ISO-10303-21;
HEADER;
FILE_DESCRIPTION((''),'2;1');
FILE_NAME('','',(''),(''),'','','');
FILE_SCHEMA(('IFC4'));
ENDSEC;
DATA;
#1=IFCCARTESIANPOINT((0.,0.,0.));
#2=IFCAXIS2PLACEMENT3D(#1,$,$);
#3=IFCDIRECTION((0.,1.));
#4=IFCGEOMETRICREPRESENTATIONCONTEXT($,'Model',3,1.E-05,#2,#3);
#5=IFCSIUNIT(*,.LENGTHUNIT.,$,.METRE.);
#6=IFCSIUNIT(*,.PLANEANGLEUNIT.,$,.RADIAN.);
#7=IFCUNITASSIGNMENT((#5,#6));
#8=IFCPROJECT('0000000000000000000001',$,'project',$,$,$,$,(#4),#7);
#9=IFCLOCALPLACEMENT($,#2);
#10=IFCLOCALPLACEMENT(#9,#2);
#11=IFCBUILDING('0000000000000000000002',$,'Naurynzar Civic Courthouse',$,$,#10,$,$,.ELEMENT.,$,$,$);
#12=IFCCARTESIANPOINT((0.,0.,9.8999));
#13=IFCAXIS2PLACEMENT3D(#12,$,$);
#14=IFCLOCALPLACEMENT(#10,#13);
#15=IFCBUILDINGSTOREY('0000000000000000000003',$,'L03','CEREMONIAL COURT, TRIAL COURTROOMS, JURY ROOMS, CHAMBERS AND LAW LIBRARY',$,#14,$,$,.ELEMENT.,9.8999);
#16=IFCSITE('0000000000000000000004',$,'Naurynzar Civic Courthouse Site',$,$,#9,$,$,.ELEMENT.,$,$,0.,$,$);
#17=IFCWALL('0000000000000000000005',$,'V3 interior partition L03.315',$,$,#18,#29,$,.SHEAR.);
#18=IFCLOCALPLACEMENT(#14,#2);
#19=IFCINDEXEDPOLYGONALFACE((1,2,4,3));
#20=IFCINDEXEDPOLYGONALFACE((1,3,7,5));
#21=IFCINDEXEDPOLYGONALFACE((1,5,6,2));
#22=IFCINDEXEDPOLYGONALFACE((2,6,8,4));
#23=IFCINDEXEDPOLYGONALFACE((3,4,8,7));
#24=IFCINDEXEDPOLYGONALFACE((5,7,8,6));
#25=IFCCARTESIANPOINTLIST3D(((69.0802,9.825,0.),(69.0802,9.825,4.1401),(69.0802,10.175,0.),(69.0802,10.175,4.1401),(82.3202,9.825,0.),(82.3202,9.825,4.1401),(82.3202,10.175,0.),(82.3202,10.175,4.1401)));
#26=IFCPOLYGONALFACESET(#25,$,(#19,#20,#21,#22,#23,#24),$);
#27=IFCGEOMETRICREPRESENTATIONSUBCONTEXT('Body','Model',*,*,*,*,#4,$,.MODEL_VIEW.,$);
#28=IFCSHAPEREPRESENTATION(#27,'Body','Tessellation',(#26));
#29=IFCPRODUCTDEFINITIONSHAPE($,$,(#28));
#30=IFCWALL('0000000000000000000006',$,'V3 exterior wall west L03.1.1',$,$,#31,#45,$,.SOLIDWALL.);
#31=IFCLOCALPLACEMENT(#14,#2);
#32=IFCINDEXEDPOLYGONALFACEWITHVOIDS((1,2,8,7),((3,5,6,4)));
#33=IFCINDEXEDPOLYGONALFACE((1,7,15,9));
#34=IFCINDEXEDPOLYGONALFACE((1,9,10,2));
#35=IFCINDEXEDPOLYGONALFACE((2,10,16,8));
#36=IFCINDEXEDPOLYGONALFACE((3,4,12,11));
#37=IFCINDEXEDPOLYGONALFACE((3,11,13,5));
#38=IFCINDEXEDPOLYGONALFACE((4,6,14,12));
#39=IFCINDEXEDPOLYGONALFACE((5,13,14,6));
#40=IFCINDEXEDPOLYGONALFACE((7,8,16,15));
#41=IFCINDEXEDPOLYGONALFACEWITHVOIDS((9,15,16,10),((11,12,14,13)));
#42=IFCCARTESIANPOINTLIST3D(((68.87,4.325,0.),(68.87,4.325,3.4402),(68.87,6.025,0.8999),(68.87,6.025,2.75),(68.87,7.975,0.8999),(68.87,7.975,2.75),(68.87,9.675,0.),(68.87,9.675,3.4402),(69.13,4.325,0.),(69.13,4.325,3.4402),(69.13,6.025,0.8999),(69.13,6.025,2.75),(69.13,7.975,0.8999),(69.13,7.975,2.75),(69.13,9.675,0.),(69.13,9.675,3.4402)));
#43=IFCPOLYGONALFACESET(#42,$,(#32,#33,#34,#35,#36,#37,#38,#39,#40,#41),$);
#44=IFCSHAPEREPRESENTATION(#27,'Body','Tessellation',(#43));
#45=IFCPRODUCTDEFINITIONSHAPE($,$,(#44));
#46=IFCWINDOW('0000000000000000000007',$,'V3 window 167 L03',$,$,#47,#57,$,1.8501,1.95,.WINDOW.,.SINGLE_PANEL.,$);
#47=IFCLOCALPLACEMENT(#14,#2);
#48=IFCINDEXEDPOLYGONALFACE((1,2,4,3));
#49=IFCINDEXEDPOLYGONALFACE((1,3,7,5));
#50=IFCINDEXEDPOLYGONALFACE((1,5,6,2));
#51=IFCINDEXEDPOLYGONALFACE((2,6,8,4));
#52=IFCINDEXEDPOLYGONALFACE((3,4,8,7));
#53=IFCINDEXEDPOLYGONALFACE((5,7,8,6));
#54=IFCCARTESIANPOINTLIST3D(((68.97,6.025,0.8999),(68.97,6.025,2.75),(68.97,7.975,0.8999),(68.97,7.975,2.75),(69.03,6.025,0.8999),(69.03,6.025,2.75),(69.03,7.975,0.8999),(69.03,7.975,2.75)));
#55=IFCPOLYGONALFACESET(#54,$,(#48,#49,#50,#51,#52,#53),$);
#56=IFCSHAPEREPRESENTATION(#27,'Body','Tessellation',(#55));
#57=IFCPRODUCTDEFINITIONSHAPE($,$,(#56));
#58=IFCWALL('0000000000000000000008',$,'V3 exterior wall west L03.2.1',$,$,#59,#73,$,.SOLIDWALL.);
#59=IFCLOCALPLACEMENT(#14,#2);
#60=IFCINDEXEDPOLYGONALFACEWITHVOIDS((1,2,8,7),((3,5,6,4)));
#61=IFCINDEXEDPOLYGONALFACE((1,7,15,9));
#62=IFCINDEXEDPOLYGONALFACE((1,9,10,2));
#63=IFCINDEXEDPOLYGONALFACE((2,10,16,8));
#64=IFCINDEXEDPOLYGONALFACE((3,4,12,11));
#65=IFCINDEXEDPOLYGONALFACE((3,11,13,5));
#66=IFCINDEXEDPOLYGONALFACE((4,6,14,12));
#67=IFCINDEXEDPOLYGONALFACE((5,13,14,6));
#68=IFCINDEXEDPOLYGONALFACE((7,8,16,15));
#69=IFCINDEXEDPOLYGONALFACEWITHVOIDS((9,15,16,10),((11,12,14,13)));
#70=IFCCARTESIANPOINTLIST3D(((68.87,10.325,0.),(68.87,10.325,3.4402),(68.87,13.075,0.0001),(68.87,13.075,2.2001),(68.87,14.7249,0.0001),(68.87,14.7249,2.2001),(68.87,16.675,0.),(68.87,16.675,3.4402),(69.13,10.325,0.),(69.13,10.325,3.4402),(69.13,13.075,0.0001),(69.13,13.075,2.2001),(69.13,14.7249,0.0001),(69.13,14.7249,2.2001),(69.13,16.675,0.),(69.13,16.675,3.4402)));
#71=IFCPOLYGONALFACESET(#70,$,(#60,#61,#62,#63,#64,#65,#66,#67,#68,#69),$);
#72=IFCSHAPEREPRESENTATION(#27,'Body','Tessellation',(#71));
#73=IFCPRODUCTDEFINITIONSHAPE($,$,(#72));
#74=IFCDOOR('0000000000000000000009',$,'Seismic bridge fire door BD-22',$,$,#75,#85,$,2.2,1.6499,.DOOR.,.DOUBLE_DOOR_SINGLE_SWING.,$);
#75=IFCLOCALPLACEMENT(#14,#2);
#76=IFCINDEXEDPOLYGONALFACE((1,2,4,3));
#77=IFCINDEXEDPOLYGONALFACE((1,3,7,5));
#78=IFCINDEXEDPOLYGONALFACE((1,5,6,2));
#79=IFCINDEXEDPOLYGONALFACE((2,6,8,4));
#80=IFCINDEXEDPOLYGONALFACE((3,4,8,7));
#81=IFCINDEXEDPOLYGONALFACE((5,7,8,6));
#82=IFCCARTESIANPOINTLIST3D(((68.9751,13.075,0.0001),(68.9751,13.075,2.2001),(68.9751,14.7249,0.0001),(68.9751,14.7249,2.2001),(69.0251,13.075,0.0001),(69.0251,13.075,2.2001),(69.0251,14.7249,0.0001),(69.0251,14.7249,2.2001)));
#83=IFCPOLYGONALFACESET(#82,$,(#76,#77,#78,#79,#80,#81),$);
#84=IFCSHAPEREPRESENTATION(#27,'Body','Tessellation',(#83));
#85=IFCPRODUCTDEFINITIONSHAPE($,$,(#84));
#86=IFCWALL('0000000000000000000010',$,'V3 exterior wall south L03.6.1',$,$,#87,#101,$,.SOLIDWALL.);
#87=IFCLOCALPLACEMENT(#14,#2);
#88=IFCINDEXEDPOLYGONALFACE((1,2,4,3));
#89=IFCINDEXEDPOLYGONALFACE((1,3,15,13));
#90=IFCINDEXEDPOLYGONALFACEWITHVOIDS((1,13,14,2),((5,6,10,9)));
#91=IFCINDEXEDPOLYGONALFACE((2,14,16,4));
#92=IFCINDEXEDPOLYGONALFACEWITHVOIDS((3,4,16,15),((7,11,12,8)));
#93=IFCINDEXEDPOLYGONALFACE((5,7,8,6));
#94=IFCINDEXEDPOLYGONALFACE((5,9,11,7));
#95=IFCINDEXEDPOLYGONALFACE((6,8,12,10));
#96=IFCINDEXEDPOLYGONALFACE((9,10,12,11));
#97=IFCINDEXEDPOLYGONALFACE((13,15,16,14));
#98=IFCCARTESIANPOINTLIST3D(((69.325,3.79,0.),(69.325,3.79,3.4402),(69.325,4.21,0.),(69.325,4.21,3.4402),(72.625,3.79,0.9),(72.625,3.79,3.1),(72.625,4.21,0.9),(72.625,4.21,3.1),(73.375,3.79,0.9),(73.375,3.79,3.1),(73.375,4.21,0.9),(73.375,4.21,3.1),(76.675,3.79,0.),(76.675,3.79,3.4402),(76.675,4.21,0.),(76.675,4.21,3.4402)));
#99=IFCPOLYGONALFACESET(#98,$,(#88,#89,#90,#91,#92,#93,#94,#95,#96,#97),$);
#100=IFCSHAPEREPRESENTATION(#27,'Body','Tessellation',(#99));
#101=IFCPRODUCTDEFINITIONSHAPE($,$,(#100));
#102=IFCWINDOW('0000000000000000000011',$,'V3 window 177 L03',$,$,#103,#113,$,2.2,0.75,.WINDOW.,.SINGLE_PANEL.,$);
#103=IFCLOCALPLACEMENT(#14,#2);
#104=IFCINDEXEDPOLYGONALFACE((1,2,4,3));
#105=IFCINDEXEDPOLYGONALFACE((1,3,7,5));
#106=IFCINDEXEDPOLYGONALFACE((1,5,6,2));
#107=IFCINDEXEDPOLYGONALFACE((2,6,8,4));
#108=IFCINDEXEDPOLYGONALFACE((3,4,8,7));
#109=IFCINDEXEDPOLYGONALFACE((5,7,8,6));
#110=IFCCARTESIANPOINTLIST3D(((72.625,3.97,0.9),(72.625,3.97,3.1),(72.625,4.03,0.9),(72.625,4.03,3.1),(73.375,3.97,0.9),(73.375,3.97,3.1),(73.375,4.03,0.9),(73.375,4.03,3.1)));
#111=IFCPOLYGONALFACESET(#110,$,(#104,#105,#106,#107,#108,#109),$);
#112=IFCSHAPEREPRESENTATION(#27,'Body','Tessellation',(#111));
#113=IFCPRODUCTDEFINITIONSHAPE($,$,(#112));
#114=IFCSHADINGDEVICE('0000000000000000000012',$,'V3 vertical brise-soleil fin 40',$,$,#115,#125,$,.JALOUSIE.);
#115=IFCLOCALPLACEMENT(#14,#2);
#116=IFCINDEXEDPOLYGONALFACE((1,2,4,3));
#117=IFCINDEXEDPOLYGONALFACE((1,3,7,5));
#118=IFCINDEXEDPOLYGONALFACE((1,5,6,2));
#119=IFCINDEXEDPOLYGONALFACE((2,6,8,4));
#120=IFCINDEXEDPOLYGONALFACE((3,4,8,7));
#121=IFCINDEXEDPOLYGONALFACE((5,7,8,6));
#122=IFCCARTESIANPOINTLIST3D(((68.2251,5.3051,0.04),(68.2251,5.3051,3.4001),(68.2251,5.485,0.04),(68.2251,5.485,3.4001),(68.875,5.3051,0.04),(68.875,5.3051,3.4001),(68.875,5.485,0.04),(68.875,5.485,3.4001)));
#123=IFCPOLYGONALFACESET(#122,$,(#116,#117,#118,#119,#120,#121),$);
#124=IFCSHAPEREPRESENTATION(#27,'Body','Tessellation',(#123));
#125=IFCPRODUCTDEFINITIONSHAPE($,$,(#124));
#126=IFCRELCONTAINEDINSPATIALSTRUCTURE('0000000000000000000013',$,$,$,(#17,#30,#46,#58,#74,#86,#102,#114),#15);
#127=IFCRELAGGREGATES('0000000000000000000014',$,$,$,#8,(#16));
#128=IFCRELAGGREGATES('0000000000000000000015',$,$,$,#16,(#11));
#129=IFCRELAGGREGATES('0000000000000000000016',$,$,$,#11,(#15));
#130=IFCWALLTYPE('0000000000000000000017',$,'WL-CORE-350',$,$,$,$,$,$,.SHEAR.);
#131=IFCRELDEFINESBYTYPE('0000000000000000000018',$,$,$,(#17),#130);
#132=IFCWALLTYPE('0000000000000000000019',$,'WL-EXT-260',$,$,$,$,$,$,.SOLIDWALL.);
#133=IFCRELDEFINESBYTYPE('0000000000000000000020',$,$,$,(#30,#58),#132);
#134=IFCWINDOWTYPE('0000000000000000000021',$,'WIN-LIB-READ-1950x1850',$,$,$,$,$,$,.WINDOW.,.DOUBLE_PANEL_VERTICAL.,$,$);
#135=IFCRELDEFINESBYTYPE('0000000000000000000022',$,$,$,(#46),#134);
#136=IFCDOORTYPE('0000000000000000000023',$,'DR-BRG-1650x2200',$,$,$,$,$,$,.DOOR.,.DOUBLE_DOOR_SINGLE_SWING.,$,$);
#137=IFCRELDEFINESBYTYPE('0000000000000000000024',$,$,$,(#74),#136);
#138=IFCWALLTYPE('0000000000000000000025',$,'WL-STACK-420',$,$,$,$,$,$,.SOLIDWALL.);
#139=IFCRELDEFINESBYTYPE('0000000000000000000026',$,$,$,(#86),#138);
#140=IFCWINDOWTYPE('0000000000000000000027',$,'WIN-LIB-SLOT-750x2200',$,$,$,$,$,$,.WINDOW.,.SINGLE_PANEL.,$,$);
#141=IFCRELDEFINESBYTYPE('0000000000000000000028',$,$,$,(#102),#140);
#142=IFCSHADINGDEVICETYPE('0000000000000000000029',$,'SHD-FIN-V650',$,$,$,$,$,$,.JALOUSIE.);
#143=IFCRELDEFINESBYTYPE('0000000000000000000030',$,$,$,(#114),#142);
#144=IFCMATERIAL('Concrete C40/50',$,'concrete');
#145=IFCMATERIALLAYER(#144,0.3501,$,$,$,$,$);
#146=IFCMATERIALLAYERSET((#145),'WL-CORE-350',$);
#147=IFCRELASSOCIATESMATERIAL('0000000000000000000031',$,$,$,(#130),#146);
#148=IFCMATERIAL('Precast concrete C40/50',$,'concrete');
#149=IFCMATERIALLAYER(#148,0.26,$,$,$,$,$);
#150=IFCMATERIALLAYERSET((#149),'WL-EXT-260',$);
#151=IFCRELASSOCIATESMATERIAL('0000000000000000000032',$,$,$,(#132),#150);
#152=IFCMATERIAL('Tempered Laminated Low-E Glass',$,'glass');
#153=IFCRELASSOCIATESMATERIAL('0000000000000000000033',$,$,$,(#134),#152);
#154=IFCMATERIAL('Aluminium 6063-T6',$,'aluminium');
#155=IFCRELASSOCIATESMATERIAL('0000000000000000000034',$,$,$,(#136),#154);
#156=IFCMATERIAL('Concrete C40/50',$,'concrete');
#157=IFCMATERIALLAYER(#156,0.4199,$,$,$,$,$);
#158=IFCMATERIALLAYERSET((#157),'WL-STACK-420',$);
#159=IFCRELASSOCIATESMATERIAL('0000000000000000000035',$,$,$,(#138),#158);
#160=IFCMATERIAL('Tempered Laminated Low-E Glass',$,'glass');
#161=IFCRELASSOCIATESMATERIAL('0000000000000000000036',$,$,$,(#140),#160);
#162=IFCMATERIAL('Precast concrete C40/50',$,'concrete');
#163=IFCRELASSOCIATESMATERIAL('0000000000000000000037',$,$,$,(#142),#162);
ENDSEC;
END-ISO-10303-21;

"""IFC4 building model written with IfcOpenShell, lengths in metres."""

from ifc_helpers import new_model, si_unit, direction, frame, frame_2d, origin, origin_2d, place, context, subcontext, project, spatial, rectangle, extrude, material, layer, layer_set, type_object, element, fill, save


model = new_model("IFC4")

# Units and contexts
model_context = context("Model", 3, precision=1e-05, world=origin(), true_north=direction((0.0, 1.0)))
body_context = subcontext(model_context, "Body", "Model", "MODEL_VIEW")
ifc_project = project(units=[si_unit("LENGTHUNIT", "METRE"), si_unit("PLANEANGLEUNIT", "RADIAN")], contexts=[model_context])

# Site, building, storey
site_placement = place(None, origin())
site = spatial("IfcSite", under=ifc_project, at=site_placement, Name="Naurynzar Civic Courthouse Site", CompositionType="ELEMENT", RefElevation=0.0)
building_placement = place(site_placement, origin())
building = spatial("IfcBuilding", under=site, at=building_placement, Name="Naurynzar Civic Courthouse", CompositionType="ELEMENT")
storey_placement = place(building_placement, frame((0.0, 0.0, 9.8999)))
storey = spatial("IfcBuildingStorey", under=building, at=storey_placement, Name="L03", Description="CEREMONIAL COURT, TRIAL COURTROOMS, JURY ROOMS, CHAMBERS AND LAW LIBRARY", CompositionType="ELEMENT", Elevation=9.8999)

# Wall
ifc_material_1 = material(Name="Concrete C40/50", Category="concrete")
ifc_layer_1 = layer(ifc_material_1, 0.3501)
ifc_layer_set_1 = layer_set([ifc_layer_1], Name="WL-CORE-350")
wall_type_1 = type_object("IfcWallType", Name="WL-CORE-350", PredefinedType="SHEAR", material=ifc_layer_set_1)
wall_1_placement = place(storey_placement, frame((69.0801, 10.0, 0.0), z_axis=(0.0, 0.0, 1.0), x_axis=(1.0, 0.0, 0.0)))
element("IfcWall", 1, at=wall_1_placement, inside=storey, type_object=wall_type_1, Name="V3 interior partition L03.315", PredefinedType="SHEAR", context=body_context, shape_type="SweptSolid", body=[
    extrude(rectangle(XDim=13.24, YDim=0.3501, at=frame_2d((6.6201, 0.0))), origin(), (0.0, 0.0, 1.0), 4.1401),
])

# Wall, opening, window
ifc_material_2 = material(Name="Precast concrete C40/50", Category="concrete")
ifc_layer_2 = layer(ifc_material_2, 0.26)
ifc_layer_set_2 = layer_set([ifc_layer_2], Name="WL-EXT-260")
wall_type_2 = type_object("IfcWallType", Name="WL-EXT-260", PredefinedType="SOLIDWALL", material=ifc_layer_set_2)
wall_2_placement = place(storey_placement, frame((69.0, 4.325, 0.0), z_axis=(0.0, 0.0, 1.0), x_axis=(0.0, 1.0, 0.0)))
wall_2 = element("IfcWall", 2, at=wall_2_placement, inside=storey, type_object=wall_type_2, Name="V3 exterior wall west L03.1.1", PredefinedType="SOLIDWALL", context=body_context, shape_type="SweptSolid", body=[
    extrude(rectangle(XDim=5.3501, YDim=0.26, at=frame_2d((2.675, 0.0))), origin(), (0.0, 0.0, 1.0), 3.4402),
])
opening_1_placement = place(wall_2_placement, frame((1.7, 0.0, 0.8999)))
opening_1 = element("IfcOpeningElement", 3, at=opening_1_placement, cuts=wall_2, PredefinedType="OPENING", context=body_context, shape_type="SweptSolid", body=[
    extrude(rectangle(XDim=1.95, YDim=1.8501, at=frame_2d((0.9751, 0.925))), frame((0.0, 0.1399, 0.0), z_axis=(0.0, -1.0, 0.0), x_axis=(1.0, 0.0, 0.0)), (0.0, 0.0, 1.0), 0.28),
])
ifc_material_3 = material(Name="Tempered Laminated Low-E Glass", Category="glass")
window_type_1 = type_object("IfcWindowType", Name="WIN-LIB-READ-1950x1850", PartitioningType="DOUBLE_PANEL_VERTICAL", PredefinedType="WINDOW", material=ifc_material_3)
window_1_placement = place(opening_1_placement, origin())
window_1 = element("IfcWindow", 4, at=window_1_placement, inside=storey, type_object=window_type_1, Name="V3 window 167 L03", OverallHeight=1.8501, OverallWidth=1.95, PartitioningType="SINGLE_PANEL", PredefinedType="WINDOW", context=body_context, shape_type="SweptSolid", body=[
    extrude(rectangle(XDim=1.95, YDim=1.8501, at=frame_2d((0.9751, 0.925))), frame((0.0, 0.03, 0.0), z_axis=(0.0, -1.0, 0.0), x_axis=(1.0, 0.0, 0.0)), (0.0, 0.0, 1.0), 0.0601),
])
fill(opening_1, window_1)

# Wall, opening, door
wall_3_placement = place(storey_placement, frame((69.0, 10.325, 0.0), z_axis=(0.0, 0.0, 1.0), x_axis=(0.0, 1.0, 0.0)))
wall_3 = element("IfcWall", 5, at=wall_3_placement, inside=storey, type_object=wall_type_2, Name="V3 exterior wall west L03.2.1", PredefinedType="SOLIDWALL", context=body_context, shape_type="SweptSolid", body=[
    extrude(rectangle(XDim=6.3501, YDim=0.26, at=frame_2d((3.175, 0.0))), origin(), (0.0, 0.0, 1.0), 3.4402),
])
opening_2_placement = place(wall_3_placement, frame((2.75, 0.0, 0.0)))
opening_2 = element("IfcOpeningElement", 6, at=opening_2_placement, cuts=wall_3, PredefinedType="OPENING", context=body_context, shape_type="SweptSolid", body=[
    extrude(rectangle(XDim=1.6499, YDim=2.2, at=frame_2d((0.825, 1.1001))), frame((0.0, 0.1399, 0.0), z_axis=(0.0, -1.0, 0.0), x_axis=(1.0, 0.0, 0.0)), (0.0, 0.0, 1.0), 0.28),
])
ifc_material_4 = material(Name="Aluminium 6063-T6", Category="aluminium")
door_type = type_object("IfcDoorType", Name="DR-BRG-1650x2200", OperationType="DOUBLE_DOOR_SINGLE_SWING", PredefinedType="DOOR", material=ifc_material_4)
door_placement = place(opening_2_placement, origin())
door = element("IfcDoor", 7, at=door_placement, inside=storey, type_object=door_type, Name="Seismic bridge fire door BD-22", OperationType="DOUBLE_DOOR_SINGLE_SWING", OverallHeight=2.2, OverallWidth=1.6499, PredefinedType="DOOR", context=body_context, shape_type="SweptSolid", body=[
    extrude(rectangle(XDim=1.6499, YDim=2.2, at=frame_2d((0.825, 1.1001))), frame((0.0, 0.0249, 0.0), z_axis=(0.0, -1.0, 0.0), x_axis=(1.0, 0.0, 0.0)), (0.0, 0.0, 1.0), 0.05),
])
fill(opening_2, door)

# Wall, opening, window
ifc_material_5 = material(Name="Concrete C40/50", Category="concrete")
ifc_layer_3 = layer(ifc_material_5, 0.4199)
ifc_layer_set_3 = layer_set([ifc_layer_3], Name="WL-STACK-420")
wall_type_3 = type_object("IfcWallType", Name="WL-STACK-420", PredefinedType="SOLIDWALL", material=ifc_layer_set_3)
wall_4_placement = place(storey_placement, frame((76.675, 4.0, 0.0), z_axis=(0.0, 0.0, 1.0), x_axis=(-1.0, 0.0, 0.0)))
wall_4 = element("IfcWall", 8, at=wall_4_placement, inside=storey, type_object=wall_type_3, Name="V3 exterior wall south L03.6.1", PredefinedType="SOLIDWALL", context=body_context, shape_type="SweptSolid", body=[
    extrude(rectangle(XDim=7.3501, YDim=0.4199, at=frame_2d((3.675, 0.0))), origin(), (0.0, 0.0, 1.0), 3.4402),
])
opening_3_placement = place(wall_4_placement, frame((3.3, 0.0, 0.8999)))
opening_3 = element("IfcOpeningElement", 9, at=opening_3_placement, cuts=wall_4, PredefinedType="OPENING", context=body_context, shape_type="SweptSolid", body=[
    extrude(rectangle(XDim=0.75, YDim=2.2, at=frame_2d((0.375, 1.1001))), frame((0.0, 0.22, 0.0), z_axis=(0.0, -1.0, 0.0), x_axis=(1.0, 0.0, 0.0)), (0.0, 0.0, 1.0), 0.4399),
])
ifc_material_6 = material(Name="Tempered Laminated Low-E Glass", Category="glass")
window_type_2 = type_object("IfcWindowType", Name="WIN-LIB-SLOT-750x2200", PartitioningType="SINGLE_PANEL", PredefinedType="WINDOW", material=ifc_material_6)
window_2_placement = place(opening_3_placement, origin())
window_2 = element("IfcWindow", 10, at=window_2_placement, inside=storey, type_object=window_type_2, Name="V3 window 177 L03", OverallHeight=2.2, OverallWidth=0.75, PartitioningType="SINGLE_PANEL", PredefinedType="WINDOW", context=body_context, shape_type="SweptSolid", body=[
    extrude(rectangle(XDim=0.75, YDim=2.2, at=frame_2d((0.375, 1.1001))), frame((0.0, 0.03, 0.0), z_axis=(0.0, -1.0, 0.0), x_axis=(1.0, 0.0, 0.0)), (0.0, 0.0, 1.0), 0.0601),
])
fill(opening_3, window_2)

# Shading device
ifc_material_7 = material(Name="Precast concrete C40/50", Category="concrete")
shading_device_type = type_object("IfcShadingDeviceType", Name="SHD-FIN-V650", PredefinedType="JALOUSIE", material=ifc_material_7)
shading_device_placement = place(storey_placement, frame((68.55, 5.395, 0.04), z_axis=(0.0, 0.0, 1.0), x_axis=(0.0, 1.0, 0.0)))
element("IfcShadingDevice", 11, at=shading_device_placement, inside=storey, type_object=shading_device_type, Name="V3 vertical brise-soleil fin 40", PredefinedType="JALOUSIE", context=body_context, shape_type="SweptSolid", body=[
    extrude(rectangle(XDim=0.1799, YDim=0.6499, at=origin_2d()), origin(), (0.0, 0.0, 1.0), 3.3601),
])

save(model, "model.ifc")
